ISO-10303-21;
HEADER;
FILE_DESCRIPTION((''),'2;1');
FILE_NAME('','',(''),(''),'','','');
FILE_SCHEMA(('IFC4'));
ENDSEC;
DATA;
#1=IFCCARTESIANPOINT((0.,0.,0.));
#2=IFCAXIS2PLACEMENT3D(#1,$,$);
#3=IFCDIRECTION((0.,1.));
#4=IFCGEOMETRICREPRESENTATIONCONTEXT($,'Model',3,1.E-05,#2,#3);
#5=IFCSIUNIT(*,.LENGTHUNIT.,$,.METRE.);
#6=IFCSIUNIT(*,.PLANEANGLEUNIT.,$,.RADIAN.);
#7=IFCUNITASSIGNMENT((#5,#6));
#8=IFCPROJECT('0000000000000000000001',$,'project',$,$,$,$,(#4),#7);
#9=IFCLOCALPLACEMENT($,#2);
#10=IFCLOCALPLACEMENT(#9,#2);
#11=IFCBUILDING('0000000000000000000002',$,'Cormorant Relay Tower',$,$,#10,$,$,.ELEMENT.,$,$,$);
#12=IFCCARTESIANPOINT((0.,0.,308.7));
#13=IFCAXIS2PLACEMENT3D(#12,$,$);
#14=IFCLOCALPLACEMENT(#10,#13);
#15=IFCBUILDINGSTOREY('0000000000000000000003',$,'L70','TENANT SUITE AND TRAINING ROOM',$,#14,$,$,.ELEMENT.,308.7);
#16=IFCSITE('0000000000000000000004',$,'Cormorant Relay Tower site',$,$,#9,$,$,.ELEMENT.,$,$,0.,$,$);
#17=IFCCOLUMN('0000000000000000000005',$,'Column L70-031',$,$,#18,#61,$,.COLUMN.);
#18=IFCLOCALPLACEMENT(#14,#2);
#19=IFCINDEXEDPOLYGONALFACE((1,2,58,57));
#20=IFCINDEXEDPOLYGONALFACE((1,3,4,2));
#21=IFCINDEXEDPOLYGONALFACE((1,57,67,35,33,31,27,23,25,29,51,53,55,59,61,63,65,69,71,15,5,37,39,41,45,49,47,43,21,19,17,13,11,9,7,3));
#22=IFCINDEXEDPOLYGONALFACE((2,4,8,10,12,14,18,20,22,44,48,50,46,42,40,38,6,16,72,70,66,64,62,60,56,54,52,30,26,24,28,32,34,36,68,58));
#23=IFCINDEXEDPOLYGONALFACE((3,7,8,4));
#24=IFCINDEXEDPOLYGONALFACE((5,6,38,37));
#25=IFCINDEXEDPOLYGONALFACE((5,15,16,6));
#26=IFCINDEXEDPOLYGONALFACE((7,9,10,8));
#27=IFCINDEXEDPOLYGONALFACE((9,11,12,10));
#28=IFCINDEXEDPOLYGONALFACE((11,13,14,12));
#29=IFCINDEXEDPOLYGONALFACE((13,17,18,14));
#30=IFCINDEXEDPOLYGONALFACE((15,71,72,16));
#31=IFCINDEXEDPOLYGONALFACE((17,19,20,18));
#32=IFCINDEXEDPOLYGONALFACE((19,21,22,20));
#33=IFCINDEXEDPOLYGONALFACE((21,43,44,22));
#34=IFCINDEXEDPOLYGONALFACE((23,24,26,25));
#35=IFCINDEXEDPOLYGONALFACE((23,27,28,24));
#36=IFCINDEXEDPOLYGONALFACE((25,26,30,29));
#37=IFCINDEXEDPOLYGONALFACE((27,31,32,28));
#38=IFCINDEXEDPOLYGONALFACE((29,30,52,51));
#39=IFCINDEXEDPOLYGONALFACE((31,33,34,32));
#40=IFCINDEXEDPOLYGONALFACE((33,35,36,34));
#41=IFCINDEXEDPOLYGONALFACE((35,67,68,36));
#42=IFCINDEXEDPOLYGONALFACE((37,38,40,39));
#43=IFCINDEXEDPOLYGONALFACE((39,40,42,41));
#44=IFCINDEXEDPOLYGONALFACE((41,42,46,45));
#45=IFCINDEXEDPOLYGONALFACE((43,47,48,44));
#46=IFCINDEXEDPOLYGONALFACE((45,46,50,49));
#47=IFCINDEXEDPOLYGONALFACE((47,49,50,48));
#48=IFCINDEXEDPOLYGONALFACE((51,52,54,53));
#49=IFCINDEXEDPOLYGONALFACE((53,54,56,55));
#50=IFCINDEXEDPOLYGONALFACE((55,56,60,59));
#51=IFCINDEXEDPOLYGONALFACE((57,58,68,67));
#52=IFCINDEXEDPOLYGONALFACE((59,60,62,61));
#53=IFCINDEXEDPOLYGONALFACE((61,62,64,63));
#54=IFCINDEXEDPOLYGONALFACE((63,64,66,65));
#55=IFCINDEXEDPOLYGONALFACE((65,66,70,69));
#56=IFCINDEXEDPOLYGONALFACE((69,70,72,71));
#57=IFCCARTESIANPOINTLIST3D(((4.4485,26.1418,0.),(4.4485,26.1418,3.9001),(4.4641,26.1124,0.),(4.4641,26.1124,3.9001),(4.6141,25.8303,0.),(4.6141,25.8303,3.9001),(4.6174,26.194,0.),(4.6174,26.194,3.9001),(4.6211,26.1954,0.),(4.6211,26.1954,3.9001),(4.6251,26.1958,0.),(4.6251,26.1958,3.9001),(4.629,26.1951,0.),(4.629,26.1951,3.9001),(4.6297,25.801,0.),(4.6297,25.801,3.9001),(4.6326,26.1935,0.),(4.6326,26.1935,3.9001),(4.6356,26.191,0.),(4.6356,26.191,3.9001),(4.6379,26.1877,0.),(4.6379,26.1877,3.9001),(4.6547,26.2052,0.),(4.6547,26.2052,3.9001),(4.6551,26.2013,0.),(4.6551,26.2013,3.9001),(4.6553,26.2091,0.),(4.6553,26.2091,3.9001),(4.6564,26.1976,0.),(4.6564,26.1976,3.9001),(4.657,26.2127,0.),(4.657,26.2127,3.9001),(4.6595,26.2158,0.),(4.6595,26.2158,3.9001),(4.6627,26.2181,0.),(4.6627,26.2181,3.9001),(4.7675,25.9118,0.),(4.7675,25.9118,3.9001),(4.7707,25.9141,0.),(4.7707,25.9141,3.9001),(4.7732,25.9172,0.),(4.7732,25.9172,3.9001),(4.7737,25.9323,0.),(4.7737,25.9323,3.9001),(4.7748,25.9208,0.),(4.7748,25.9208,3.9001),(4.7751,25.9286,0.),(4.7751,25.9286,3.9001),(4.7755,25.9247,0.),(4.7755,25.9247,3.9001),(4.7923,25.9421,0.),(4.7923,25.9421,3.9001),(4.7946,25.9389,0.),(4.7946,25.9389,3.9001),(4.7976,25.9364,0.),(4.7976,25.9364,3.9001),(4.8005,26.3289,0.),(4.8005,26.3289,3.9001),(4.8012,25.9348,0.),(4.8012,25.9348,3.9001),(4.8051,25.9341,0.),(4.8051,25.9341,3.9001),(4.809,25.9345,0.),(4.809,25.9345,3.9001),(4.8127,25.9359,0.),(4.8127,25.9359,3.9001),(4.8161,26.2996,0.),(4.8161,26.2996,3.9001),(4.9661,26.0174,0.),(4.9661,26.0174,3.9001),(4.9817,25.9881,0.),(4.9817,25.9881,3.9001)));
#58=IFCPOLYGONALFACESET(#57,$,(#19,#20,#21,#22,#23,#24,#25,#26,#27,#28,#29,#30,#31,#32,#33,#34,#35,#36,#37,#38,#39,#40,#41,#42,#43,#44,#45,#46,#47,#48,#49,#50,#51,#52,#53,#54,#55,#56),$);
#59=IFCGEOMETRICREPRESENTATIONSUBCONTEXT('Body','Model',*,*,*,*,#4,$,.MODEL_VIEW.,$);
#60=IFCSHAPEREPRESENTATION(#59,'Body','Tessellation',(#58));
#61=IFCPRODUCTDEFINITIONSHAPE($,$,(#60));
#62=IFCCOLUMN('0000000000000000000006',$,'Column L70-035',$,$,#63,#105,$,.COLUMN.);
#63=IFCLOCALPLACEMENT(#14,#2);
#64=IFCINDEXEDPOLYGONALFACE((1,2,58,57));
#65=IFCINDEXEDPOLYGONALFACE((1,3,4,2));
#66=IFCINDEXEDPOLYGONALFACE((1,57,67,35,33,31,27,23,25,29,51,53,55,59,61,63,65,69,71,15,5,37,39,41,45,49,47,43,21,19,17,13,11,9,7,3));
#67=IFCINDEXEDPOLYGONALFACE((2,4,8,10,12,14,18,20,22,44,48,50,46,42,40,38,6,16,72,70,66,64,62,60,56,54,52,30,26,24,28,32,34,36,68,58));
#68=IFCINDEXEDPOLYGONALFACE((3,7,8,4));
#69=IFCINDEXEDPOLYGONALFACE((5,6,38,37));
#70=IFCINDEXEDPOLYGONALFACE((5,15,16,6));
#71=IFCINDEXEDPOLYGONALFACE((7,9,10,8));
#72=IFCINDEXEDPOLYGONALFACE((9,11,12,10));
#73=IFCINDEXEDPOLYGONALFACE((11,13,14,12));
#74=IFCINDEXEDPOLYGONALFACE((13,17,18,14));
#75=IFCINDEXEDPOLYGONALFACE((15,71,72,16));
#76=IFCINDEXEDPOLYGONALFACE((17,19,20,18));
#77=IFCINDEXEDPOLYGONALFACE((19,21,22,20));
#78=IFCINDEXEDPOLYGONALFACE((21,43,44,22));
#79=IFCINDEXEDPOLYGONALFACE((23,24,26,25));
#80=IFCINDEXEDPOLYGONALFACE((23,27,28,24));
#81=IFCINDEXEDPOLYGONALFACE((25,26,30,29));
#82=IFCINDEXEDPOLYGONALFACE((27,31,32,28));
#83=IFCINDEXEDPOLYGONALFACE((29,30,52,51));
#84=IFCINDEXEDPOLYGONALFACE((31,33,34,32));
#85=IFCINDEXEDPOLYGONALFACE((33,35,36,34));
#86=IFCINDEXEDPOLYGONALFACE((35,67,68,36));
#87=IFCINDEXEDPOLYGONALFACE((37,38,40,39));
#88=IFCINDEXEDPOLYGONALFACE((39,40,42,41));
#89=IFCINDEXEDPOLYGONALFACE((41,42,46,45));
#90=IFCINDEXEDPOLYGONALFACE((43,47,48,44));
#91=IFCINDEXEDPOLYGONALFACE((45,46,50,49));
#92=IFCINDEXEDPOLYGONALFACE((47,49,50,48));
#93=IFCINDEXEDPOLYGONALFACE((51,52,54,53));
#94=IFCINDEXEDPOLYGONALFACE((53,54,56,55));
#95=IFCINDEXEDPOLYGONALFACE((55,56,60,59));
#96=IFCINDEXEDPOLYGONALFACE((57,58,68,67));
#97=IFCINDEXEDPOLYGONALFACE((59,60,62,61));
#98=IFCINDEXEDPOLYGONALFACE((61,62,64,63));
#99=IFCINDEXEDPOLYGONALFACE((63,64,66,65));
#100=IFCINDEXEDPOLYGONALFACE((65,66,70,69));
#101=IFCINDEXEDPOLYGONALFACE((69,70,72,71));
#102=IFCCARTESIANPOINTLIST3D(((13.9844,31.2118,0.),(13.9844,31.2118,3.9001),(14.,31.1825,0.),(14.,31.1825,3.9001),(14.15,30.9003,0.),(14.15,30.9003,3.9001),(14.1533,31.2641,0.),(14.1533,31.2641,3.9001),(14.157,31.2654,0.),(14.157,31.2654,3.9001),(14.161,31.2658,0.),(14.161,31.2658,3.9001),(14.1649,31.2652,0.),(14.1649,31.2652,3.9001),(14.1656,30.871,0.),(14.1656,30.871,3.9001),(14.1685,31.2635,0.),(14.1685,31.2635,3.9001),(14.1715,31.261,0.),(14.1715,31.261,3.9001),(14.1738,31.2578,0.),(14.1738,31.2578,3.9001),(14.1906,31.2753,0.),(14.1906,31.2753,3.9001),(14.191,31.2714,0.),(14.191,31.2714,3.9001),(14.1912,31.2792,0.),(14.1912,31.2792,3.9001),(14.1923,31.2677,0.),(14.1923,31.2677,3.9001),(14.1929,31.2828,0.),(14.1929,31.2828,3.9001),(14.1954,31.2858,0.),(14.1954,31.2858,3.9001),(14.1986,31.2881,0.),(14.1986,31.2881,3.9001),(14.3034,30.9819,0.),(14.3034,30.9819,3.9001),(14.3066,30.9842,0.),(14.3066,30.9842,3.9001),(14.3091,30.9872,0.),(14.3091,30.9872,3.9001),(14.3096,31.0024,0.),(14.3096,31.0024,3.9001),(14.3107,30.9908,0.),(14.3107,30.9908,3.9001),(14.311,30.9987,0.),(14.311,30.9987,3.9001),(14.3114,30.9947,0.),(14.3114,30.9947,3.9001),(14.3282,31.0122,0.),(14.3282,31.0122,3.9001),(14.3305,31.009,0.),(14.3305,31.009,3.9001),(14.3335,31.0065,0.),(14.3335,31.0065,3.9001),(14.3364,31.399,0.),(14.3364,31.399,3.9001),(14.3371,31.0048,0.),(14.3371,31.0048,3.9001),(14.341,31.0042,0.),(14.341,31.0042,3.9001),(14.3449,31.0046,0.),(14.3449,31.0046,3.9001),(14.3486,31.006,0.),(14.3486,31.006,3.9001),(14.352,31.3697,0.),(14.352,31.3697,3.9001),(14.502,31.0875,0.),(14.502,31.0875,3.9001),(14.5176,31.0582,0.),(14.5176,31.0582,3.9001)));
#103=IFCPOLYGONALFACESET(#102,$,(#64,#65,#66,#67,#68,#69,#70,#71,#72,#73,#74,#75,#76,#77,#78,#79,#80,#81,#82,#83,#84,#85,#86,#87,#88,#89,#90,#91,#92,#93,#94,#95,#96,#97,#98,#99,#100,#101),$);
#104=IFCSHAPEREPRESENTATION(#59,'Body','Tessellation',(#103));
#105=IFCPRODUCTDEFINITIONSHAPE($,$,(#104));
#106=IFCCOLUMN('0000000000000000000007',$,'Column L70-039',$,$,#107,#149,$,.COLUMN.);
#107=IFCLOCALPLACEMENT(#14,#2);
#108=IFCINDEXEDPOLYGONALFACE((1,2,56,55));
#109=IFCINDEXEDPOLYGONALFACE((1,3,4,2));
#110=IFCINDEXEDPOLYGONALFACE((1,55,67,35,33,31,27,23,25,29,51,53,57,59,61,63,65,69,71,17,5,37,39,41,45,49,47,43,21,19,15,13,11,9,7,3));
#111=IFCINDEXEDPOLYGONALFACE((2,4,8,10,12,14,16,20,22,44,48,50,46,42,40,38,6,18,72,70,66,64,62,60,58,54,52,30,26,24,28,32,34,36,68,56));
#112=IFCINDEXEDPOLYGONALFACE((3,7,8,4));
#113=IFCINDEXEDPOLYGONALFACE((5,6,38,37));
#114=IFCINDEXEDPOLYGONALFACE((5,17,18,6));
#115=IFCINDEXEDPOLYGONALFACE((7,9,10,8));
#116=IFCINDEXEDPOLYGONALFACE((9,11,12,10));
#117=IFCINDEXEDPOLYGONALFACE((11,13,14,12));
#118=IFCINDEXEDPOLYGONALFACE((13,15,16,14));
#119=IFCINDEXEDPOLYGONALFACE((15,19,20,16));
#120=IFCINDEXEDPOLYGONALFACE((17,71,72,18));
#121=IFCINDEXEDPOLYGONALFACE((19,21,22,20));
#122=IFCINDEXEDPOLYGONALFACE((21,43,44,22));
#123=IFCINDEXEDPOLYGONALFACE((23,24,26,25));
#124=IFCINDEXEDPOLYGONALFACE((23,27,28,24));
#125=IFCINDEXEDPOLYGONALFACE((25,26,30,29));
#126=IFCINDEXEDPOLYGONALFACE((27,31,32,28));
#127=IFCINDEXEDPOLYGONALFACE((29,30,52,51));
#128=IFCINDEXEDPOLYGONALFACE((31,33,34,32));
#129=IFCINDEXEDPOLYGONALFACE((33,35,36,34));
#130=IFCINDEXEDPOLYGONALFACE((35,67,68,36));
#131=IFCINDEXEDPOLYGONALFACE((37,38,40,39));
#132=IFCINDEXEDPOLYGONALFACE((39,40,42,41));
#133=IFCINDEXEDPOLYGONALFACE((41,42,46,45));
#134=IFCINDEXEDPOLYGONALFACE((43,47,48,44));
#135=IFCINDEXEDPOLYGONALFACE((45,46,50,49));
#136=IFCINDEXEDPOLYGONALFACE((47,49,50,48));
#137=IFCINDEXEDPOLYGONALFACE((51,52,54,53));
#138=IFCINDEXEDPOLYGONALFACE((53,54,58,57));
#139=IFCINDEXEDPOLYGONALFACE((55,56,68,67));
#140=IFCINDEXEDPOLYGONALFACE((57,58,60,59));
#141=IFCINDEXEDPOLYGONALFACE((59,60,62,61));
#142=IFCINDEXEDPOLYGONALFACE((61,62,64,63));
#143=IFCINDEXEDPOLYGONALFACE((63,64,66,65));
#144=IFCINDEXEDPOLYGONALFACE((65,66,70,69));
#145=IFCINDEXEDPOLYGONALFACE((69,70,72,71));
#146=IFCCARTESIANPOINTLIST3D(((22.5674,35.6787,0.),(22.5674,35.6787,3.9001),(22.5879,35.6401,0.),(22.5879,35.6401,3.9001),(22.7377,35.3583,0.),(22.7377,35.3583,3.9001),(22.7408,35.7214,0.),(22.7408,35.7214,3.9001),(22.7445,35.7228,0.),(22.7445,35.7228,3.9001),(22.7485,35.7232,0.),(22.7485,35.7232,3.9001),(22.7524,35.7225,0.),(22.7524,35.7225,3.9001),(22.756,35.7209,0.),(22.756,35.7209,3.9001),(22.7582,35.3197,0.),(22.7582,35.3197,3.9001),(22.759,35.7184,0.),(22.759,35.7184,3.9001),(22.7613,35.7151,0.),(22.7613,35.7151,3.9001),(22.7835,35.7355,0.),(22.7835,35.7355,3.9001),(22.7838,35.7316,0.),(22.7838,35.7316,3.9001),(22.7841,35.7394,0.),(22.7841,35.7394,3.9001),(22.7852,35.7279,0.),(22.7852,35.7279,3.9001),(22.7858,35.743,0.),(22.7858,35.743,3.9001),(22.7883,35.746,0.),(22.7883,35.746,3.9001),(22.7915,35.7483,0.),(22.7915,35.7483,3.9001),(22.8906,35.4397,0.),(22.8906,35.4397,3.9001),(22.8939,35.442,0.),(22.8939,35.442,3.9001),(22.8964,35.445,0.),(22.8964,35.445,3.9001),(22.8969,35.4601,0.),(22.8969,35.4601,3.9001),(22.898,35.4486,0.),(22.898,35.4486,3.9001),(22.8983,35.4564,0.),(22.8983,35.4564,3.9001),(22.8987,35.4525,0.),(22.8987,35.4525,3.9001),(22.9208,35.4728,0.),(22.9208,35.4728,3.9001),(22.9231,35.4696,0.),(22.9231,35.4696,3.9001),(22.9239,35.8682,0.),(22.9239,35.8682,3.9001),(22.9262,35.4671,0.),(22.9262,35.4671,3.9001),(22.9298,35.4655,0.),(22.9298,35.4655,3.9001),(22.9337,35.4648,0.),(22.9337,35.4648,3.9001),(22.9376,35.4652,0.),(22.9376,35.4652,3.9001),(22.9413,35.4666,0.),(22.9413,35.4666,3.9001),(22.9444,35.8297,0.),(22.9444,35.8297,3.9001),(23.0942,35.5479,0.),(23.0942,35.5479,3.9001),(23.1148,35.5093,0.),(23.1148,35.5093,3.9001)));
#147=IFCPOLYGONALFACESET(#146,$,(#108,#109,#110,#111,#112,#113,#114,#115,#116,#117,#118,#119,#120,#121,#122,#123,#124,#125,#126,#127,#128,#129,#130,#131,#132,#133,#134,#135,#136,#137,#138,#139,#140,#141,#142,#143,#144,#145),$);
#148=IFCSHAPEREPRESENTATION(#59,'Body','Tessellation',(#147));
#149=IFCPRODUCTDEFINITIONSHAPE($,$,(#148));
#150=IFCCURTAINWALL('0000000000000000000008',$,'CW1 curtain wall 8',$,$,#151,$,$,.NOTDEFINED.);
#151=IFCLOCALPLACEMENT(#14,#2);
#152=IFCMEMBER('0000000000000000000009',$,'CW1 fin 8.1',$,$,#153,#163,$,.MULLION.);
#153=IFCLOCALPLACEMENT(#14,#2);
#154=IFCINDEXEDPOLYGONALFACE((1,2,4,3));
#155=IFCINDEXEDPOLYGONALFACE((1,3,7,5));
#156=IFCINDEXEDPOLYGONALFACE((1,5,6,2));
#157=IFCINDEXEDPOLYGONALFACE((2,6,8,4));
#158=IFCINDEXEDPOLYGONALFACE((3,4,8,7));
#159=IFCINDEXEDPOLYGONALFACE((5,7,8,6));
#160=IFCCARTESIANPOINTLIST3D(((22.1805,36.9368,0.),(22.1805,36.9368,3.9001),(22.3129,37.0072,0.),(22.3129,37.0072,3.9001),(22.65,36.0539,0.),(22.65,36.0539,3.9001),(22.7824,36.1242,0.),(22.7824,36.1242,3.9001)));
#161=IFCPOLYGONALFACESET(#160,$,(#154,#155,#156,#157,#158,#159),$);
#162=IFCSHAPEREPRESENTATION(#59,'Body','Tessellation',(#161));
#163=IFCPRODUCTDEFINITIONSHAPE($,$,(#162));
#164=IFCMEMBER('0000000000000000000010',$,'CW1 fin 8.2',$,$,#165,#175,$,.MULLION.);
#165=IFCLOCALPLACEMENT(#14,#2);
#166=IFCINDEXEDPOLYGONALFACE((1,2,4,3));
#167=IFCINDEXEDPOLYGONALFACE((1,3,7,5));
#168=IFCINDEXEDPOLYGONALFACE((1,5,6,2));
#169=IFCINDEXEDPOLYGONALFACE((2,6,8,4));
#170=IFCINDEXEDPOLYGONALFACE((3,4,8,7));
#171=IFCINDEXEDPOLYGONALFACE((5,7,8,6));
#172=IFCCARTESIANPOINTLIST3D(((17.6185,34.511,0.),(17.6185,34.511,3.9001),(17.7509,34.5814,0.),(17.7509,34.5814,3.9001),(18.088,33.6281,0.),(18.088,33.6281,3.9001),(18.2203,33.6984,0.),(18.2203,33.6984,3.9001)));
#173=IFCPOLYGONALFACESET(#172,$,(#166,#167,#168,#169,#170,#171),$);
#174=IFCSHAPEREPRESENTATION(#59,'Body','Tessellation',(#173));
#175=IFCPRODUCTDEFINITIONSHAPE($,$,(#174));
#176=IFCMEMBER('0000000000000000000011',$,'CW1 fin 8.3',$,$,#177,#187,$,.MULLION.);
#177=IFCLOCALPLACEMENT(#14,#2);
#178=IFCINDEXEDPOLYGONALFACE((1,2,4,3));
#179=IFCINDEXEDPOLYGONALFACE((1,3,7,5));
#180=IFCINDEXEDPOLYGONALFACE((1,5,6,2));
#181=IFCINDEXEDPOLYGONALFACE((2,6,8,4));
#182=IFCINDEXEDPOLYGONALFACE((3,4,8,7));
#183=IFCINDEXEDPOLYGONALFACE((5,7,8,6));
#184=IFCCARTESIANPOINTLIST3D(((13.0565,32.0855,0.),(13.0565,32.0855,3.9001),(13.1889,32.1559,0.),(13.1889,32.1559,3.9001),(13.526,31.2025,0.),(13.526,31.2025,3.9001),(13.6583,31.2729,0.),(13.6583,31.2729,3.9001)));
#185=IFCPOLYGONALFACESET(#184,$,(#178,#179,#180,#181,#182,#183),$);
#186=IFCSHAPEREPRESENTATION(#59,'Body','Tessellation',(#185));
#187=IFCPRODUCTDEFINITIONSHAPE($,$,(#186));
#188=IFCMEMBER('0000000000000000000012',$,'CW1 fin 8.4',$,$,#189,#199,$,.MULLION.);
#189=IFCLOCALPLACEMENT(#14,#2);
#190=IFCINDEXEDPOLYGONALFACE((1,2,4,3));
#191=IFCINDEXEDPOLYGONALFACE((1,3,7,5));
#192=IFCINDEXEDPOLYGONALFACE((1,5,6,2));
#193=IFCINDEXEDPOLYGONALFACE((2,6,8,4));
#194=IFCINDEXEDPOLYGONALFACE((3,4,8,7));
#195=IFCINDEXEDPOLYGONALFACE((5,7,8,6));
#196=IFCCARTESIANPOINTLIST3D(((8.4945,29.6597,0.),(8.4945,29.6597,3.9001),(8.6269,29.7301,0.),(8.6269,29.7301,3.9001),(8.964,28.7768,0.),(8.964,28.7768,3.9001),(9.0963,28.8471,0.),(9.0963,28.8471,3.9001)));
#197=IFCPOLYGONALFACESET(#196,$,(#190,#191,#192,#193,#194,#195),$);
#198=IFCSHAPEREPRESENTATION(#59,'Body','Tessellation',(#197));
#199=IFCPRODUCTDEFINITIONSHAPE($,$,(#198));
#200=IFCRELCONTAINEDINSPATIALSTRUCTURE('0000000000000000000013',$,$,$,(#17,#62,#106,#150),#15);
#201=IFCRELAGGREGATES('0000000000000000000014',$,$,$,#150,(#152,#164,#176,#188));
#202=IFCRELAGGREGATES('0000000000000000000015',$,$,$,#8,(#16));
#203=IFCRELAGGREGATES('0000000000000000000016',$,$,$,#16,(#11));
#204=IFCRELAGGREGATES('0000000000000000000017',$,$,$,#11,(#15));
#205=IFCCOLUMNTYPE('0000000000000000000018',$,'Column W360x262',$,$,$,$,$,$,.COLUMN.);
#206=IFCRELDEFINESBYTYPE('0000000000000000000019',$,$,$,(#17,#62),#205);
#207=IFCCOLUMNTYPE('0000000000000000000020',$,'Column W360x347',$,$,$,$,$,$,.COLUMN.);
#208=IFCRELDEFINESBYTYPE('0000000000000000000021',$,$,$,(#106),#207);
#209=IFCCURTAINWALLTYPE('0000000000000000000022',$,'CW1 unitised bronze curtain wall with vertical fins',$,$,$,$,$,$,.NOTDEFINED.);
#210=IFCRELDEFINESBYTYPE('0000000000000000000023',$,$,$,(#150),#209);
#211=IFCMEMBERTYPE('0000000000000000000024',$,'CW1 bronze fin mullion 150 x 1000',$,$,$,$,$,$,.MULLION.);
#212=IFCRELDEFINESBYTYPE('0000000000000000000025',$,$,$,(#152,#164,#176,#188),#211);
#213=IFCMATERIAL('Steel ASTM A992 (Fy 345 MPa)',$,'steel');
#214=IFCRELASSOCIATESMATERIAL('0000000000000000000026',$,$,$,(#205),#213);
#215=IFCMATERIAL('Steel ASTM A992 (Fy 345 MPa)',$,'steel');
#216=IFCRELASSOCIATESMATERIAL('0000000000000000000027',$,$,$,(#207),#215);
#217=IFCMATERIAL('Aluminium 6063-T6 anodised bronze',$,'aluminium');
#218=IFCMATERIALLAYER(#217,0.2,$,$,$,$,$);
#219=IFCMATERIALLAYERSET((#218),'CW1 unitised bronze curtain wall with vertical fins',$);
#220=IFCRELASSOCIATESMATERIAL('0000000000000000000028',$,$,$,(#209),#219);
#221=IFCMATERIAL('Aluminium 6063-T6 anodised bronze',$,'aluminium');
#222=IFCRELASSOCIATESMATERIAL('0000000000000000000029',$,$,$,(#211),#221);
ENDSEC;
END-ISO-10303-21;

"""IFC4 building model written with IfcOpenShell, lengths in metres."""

from ifc_helpers import new_model, si_unit, direction, frame, origin, origin_2d, place, context, subcontext, project, spatial, rectangle, i_section, extrude, material, layer, layer_set, material_profile, profile_set, type_object, element, aggregate, save


model = new_model("IFC4")

# Units and contexts
model_context = context("Model", 3, precision=1e-05, world=origin(), true_north=direction((0.0, 1.0)))
body_context = subcontext(model_context, "Body", "Model", "MODEL_VIEW")
ifc_project = project(units=[si_unit("LENGTHUNIT", "METRE"), si_unit("PLANEANGLEUNIT", "RADIAN")], contexts=[model_context])

# Site, building, storey
site_placement = place(None, origin())
site = spatial("IfcSite", under=ifc_project, at=site_placement, Name="Cormorant Relay Tower site", CompositionType="ELEMENT", RefElevation=0.0)
building_placement = place(site_placement, origin())
building = spatial("IfcBuilding", under=site, at=building_placement, Name="Cormorant Relay Tower", CompositionType="ELEMENT")
storey_placement = place(building_placement, frame((0.0, 0.0, 308.7)))
storey = spatial("IfcBuildingStorey", under=building, at=storey_placement, Name="L70", Description="TENANT SUITE AND TRAINING ROOM", CompositionType="ELEMENT", Elevation=308.7)

# Columns
ifc_material_1 = material(Name="Steel ASTM A992 (Fy 345 MPa)", Category="steel")
ifc_material_profile_1 = material_profile(ifc_material_1, i_section(OverallWidth=0.3987, OverallDepth=0.386, WebThickness=0.021, FlangeThickness=0.0332, FilletRadius=0.0151, at=origin_2d()), Name="W360x262")
ifc_profile_set_1 = profile_set([ifc_material_profile_1], Name="Steel ASTM A992 (Fy 345 MPa)")
column_type_1 = type_object("IfcColumnType", Name="Column W360x262", PredefinedType="COLUMN", material=ifc_profile_set_1)
for number, where, z_axis, x_axis, name in (
    (1, (4.7151, 26.0649, 0.0), (0.0, 0.0, 1.0), (-0.882948, -0.469472, 0.0), "Column L70-031"),
    (2, (14.251, 31.135, 0.0), (0.0, 0.0, 1.0), (-0.882948, -0.469472, 0.0), "Column L70-035"),
):
    element("IfcColumn", number, at=place(storey_placement, frame(where, z_axis=z_axis, x_axis=x_axis)), inside=storey, type_object=column_type_1, Name=name, PredefinedType="COLUMN", context=body_context, shape_type="SweptSolid", body=[
        extrude(i_section(OverallWidth=0.3987, OverallDepth=0.386, WebThickness=0.021, FlangeThickness=0.0332, FilletRadius=0.0151, at=origin_2d()), origin(), (0.0, 0.0, 1.0), 3.9001),
    ])
ifc_material_2 = material(Name="Steel ASTM A992 (Fy 345 MPa)", Category="steel")
ifc_material_profile_2 = material_profile(ifc_material_2, i_section(OverallWidth=0.4038, OverallDepth=0.4065, WebThickness=0.0271, FlangeThickness=0.0437, FilletRadius=0.0151, at=origin_2d()), Name="W360x347")
ifc_profile_set_2 = profile_set([ifc_material_profile_2], Name="Steel ASTM A992 (Fy 345 MPa)")
column_type_2 = type_object("IfcColumnType", Name="Column W360x347", PredefinedType="COLUMN", material=ifc_profile_set_2)
column_placement = place(storey_placement, frame((22.8411, 35.594, 0.0), z_axis=(0.0, 0.0, 1.0), x_axis=(-0.882948, -0.469472, 0.0)))
element("IfcColumn", 3, at=column_placement, inside=storey, type_object=column_type_2, Name="Column L70-039", PredefinedType="COLUMN", context=body_context, shape_type="SweptSolid", body=[
    extrude(i_section(OverallWidth=0.4038, OverallDepth=0.4065, WebThickness=0.0271, FlangeThickness=0.0437, FilletRadius=0.0151, at=origin_2d()), origin(), (0.0, 0.0, 1.0), 3.9001),
])

# Curtain wall, members
ifc_material_3 = material(Name="Aluminium 6063-T6 anodised bronze", Category="aluminium")
ifc_layer_1 = layer(ifc_material_3, 0.2)
ifc_layer_set_1 = layer_set([ifc_layer_1], Name="CW1 unitised bronze curtain wall with vertical fins")
curtain_wall_type = type_object("IfcCurtainWallType", Name="CW1 unitised bronze curtain wall with vertical fins", PredefinedType="NOTDEFINED", material=ifc_layer_set_1)
curtain_wall_1_placement = place(storey_placement, origin())
curtain_wall_1 = element("IfcCurtainWall", 4, at=curtain_wall_1_placement, inside=storey, type_object=curtain_wall_type, Name="CW1 curtain wall 8", PredefinedType="NOTDEFINED")
ifc_material_4 = material(Name="Aluminium 6063-T6 anodised bronze", Category="aluminium")
ifc_material_profile_3 = material_profile(ifc_material_4, rectangle(XDim=0.1499, YDim=1.0, at=origin_2d()), Name="AL 150x1000")
ifc_profile_set_3 = profile_set([ifc_material_profile_3], Name="Aluminium 6063-T6 anodised bronze")
member_type_1 = type_object("IfcMemberType", Name="CW1 bronze fin mullion 150 x 1000", PredefinedType="MULLION", material=ifc_profile_set_3)
member_1_placement = place(storey_placement, frame((22.4814, 36.5305, 0.0), z_axis=(0.0, 0.0, 1.0), x_axis=(-0.882948, -0.469472, 0.0)))
member_1 = element("IfcMember", 5, at=member_1_placement, type_object=member_type_1, Name="CW1 fin 8.1", PredefinedType="MULLION", context=body_context, shape_type="SweptSolid", body=[
    extrude(rectangle(XDim=0.1499, YDim=1.0, at=origin_2d()), origin(), (0.0, 0.0, 1.0), 3.9001),
])
member_2_placement = place(storey_placement, frame((17.9194, 34.1047, 0.0), z_axis=(0.0, 0.0, 1.0), x_axis=(-0.882948, -0.469472, 0.0)))
member_2 = element("IfcMember", 6, at=member_2_placement, type_object=member_type_1, Name="CW1 fin 8.2", PredefinedType="MULLION", context=body_context, shape_type="SweptSolid", body=[
    extrude(rectangle(XDim=0.1499, YDim=1.0, at=origin_2d()), origin(), (0.0, 0.0, 1.0), 3.9001),
])
member_3_placement = place(storey_placement, frame((13.3574, 31.6792, 0.0), z_axis=(0.0, 0.0, 1.0), x_axis=(-0.882948, -0.469472, 0.0)))
member_3 = element("IfcMember", 7, at=member_3_placement, type_object=member_type_1, Name="CW1 fin 8.3", PredefinedType="MULLION", context=body_context, shape_type="SweptSolid", body=[
    extrude(rectangle(XDim=0.1499, YDim=1.0, at=origin_2d()), origin(), (0.0, 0.0, 1.0), 3.9001),
])
member_4_placement = place(storey_placement, frame((8.7954, 29.2534, 0.0), z_axis=(0.0, 0.0, 1.0), x_axis=(-0.882948, -0.469472, 0.0)))
member_4 = element("IfcMember", 8, at=member_4_placement, type_object=member_type_1, Name="CW1 fin 8.4", PredefinedType="MULLION", context=body_context, shape_type="SweptSolid", body=[
    extrude(rectangle(XDim=0.1499, YDim=1.0, at=origin_2d()), origin(), (0.0, 0.0, 1.0), 3.9001),
])

aggregate(curtain_wall_1, [member_1, member_2, member_3, member_4])

save(model, "model.ifc")
